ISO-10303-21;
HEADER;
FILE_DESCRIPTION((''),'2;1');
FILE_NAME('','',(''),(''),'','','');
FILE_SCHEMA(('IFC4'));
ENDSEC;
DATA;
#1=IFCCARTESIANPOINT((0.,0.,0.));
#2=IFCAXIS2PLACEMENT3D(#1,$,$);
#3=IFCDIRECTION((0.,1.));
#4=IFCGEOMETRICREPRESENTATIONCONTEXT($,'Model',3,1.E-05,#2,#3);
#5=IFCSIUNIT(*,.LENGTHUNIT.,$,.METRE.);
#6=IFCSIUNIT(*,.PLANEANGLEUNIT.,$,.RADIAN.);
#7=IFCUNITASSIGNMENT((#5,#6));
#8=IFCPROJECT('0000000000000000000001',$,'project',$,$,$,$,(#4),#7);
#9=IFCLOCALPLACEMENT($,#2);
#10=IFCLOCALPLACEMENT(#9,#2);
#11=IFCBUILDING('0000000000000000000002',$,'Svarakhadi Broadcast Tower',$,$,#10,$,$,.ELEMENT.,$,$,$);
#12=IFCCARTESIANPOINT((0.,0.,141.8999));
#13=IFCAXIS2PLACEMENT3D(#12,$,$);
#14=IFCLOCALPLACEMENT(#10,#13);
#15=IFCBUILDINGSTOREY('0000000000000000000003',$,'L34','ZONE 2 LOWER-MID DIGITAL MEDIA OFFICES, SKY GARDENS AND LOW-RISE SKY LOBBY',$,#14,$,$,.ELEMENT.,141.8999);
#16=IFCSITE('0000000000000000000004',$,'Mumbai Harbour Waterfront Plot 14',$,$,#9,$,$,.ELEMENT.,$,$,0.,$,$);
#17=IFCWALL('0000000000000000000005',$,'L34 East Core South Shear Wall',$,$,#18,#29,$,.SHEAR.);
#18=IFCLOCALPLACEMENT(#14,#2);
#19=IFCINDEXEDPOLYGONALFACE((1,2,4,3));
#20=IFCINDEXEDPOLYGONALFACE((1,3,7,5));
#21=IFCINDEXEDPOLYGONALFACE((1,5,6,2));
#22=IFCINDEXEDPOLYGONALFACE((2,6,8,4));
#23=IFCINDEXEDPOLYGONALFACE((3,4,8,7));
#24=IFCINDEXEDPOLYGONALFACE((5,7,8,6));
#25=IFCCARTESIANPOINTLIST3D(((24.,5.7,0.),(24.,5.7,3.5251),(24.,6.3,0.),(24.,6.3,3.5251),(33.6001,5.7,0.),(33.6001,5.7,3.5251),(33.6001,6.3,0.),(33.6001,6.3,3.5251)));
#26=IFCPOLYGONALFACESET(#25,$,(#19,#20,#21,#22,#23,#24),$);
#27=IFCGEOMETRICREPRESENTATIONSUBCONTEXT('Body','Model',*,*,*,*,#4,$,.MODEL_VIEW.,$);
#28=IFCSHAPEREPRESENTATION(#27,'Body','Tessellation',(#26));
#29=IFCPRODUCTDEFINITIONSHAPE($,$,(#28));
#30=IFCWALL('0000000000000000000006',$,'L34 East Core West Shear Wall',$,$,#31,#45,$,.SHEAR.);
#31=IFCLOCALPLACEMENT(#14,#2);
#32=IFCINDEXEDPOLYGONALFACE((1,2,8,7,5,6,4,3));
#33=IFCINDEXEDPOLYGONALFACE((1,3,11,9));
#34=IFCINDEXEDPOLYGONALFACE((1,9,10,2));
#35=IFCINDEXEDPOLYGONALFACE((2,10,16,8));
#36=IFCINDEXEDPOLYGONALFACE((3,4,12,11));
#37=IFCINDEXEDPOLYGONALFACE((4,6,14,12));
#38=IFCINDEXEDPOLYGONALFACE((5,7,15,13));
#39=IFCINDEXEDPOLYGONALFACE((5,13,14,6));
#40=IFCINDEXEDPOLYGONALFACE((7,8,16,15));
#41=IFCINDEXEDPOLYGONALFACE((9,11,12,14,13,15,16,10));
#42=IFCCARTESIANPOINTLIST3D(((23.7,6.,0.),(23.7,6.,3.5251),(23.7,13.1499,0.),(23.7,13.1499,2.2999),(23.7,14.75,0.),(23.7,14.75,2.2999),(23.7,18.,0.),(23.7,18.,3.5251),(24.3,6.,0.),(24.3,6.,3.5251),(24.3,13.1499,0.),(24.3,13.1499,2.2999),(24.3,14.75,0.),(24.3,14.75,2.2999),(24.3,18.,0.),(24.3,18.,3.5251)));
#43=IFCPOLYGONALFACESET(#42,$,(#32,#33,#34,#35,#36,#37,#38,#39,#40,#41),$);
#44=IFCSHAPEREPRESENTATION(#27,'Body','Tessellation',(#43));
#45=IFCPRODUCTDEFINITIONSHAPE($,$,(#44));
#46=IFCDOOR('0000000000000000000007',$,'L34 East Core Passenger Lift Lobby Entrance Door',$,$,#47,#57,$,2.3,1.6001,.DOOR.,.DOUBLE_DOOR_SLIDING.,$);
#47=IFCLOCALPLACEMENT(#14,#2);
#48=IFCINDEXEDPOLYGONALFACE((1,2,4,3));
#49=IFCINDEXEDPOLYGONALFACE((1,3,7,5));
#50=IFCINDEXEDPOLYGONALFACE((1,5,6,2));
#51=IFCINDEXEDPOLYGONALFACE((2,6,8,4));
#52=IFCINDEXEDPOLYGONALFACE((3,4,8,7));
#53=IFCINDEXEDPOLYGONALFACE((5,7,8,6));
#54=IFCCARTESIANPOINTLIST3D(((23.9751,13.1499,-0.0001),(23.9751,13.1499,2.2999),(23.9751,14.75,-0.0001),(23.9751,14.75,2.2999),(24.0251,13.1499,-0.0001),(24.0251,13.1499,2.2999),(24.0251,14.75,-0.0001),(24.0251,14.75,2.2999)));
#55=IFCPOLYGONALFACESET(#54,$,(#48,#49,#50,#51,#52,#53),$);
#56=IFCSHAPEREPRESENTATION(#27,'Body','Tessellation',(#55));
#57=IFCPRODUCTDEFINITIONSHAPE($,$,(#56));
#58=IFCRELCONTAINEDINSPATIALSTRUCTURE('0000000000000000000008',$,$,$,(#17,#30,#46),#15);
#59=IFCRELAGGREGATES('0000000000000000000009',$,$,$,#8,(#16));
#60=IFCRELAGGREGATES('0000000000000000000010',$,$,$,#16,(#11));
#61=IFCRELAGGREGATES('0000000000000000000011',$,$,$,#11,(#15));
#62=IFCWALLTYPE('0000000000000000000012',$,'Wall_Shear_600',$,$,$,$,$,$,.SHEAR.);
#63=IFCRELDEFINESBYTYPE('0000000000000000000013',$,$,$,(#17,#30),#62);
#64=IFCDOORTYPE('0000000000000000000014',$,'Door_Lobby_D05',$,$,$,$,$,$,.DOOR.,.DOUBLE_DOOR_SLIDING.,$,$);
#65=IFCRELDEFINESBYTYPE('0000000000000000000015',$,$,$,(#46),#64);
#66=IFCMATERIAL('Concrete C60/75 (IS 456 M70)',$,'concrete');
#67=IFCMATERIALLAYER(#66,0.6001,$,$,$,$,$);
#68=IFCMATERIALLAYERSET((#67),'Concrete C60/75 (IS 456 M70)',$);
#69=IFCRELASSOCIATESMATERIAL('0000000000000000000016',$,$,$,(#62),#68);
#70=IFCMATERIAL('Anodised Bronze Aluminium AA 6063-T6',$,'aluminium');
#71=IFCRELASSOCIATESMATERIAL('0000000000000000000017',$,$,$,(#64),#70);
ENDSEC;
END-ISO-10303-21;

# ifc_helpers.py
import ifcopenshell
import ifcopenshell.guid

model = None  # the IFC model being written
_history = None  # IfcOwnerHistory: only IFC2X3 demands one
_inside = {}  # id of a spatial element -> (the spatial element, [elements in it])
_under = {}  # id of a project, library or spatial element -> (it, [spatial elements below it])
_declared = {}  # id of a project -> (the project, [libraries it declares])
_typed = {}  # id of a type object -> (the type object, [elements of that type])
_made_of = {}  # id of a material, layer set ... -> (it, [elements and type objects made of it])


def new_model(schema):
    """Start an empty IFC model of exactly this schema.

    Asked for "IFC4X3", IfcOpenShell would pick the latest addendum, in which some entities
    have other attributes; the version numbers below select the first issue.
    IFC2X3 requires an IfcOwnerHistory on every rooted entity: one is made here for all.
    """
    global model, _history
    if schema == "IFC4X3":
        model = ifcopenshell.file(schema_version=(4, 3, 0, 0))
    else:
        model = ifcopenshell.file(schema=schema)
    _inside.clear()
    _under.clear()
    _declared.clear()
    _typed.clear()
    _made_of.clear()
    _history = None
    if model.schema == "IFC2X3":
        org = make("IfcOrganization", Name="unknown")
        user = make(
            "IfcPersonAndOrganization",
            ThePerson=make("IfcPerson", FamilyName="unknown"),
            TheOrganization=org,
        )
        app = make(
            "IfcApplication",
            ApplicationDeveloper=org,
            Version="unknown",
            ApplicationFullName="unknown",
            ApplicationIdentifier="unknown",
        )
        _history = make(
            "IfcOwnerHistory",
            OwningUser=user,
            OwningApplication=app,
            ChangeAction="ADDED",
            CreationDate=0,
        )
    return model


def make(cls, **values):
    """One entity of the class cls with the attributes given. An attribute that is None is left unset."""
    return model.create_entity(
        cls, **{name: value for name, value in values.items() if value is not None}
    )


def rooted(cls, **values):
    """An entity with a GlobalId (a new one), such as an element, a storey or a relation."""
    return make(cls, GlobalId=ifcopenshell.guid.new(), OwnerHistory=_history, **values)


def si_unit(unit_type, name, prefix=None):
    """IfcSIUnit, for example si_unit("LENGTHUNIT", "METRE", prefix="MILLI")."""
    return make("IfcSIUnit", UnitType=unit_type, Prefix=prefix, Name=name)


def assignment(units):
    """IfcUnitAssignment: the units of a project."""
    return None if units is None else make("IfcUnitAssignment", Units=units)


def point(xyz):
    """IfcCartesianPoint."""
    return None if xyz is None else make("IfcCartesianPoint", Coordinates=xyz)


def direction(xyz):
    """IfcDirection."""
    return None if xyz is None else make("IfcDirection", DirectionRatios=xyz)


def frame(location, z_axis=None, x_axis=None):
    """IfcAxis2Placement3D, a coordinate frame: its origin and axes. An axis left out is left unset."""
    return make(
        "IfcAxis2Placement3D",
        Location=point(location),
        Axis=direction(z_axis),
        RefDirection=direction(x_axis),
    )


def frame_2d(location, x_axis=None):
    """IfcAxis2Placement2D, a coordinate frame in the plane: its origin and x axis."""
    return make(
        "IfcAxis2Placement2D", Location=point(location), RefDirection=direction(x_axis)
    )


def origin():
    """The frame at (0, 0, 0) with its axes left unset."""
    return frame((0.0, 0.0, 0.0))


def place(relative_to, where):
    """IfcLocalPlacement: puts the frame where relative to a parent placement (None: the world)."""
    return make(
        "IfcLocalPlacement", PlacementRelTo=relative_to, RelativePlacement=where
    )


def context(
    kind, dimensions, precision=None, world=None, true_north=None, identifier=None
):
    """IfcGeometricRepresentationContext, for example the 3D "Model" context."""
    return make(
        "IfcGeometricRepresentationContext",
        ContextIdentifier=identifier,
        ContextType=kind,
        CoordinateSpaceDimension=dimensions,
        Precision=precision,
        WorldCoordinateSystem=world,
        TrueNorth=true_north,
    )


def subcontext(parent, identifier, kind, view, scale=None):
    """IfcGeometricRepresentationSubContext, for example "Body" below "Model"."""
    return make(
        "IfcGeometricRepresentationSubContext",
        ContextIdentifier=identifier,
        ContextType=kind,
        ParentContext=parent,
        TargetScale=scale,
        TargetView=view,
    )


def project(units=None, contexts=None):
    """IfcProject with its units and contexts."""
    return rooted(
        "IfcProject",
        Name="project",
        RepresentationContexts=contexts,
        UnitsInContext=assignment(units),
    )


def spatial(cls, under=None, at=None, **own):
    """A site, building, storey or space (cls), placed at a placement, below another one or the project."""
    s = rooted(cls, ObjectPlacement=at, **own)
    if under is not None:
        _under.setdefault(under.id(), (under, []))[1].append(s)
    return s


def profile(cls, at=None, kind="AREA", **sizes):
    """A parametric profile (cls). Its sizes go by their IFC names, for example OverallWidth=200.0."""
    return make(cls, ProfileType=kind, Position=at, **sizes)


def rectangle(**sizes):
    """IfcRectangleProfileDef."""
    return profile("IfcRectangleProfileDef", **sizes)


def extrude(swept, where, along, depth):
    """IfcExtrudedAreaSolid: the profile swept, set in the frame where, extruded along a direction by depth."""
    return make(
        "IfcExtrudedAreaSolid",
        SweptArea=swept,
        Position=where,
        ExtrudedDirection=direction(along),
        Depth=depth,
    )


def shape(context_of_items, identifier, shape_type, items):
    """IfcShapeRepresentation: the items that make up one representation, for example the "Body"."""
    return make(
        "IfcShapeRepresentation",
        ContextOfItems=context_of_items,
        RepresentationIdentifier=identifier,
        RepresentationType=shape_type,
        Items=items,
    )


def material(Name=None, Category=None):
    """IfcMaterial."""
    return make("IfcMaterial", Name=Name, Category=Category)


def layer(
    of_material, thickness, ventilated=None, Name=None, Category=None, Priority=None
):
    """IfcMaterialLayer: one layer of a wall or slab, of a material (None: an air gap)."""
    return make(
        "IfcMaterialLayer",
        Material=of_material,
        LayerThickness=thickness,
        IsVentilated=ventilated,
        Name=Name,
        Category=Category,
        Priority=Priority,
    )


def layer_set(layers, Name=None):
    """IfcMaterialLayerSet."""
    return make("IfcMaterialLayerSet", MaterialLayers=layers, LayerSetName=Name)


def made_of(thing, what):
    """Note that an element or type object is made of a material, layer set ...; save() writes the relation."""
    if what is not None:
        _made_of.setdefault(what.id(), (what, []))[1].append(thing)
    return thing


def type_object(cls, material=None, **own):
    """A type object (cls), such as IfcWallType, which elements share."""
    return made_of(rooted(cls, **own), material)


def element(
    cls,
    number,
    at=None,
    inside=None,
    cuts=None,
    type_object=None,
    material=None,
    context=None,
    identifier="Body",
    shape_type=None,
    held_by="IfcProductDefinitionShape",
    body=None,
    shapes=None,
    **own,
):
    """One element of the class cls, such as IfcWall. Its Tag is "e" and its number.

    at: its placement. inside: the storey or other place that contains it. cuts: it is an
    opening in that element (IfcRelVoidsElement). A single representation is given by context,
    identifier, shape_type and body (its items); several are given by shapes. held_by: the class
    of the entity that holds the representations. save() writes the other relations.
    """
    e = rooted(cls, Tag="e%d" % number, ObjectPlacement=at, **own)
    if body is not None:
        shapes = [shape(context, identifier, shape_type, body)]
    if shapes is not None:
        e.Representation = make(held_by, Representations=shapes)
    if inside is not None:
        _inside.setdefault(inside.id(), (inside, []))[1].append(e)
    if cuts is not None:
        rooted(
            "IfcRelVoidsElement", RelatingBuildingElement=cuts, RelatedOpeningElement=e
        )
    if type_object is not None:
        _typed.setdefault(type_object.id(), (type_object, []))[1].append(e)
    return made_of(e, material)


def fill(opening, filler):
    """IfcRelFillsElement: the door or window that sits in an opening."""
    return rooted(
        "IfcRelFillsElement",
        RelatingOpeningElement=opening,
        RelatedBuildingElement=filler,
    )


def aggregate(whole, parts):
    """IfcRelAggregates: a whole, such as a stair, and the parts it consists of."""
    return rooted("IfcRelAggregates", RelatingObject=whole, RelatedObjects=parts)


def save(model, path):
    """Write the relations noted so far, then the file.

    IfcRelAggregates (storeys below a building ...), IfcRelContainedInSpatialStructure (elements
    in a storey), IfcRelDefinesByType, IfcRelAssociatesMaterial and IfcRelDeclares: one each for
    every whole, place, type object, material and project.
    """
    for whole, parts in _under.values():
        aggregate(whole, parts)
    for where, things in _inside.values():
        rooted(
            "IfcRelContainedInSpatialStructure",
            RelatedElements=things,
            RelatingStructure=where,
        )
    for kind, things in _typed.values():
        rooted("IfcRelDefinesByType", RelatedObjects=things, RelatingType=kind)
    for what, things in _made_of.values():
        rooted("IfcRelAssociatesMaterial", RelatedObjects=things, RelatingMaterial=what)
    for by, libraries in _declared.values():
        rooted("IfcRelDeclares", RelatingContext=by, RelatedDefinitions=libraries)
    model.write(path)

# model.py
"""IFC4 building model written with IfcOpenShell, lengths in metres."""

from ifc_helpers import new_model, si_unit, direction, frame, frame_2d, origin, place, context, subcontext, project, spatial, rectangle, extrude, material, layer, layer_set, type_object, element, fill, save


model = new_model("IFC4")

# Units and contexts
model_context = context("Model", 3, precision=1e-05, world=origin(), true_north=direction((0.0, 1.0)))
body_context = subcontext(model_context, "Body", "Model", "MODEL_VIEW")
ifc_project = project(units=[si_unit("LENGTHUNIT", "METRE"), si_unit("PLANEANGLEUNIT", "RADIAN")], contexts=[model_context])

# Site, building, storey
site_placement = place(None, origin())
site = spatial("IfcSite", under=ifc_project, at=site_placement, Name="Mumbai Harbour Waterfront Plot 14", CompositionType="ELEMENT", RefElevation=0.0)
building_placement = place(site_placement, origin())
building = spatial("IfcBuilding", under=site, at=building_placement, Name="Svarakhadi Broadcast Tower", CompositionType="ELEMENT")
storey_placement = place(building_placement, frame((0.0, 0.0, 141.8999)))
storey = spatial("IfcBuildingStorey", under=building, at=storey_placement, Name="L34", Description="ZONE 2 LOWER-MID DIGITAL MEDIA OFFICES, SKY GARDENS AND LOW-RISE SKY LOBBY", CompositionType="ELEMENT", Elevation=141.8999)

# Wall
ifc_material_1 = material(Name="Concrete C60/75 (IS 456 M70)", Category="concrete")
ifc_layer_1 = layer(ifc_material_1, 0.6001)
ifc_layer_set_1 = layer_set([ifc_layer_1], Name="Concrete C60/75 (IS 456 M70)")
wall_type_1 = type_object("IfcWallType", Name="Wall_Shear_600", PredefinedType="SHEAR", material=ifc_layer_set_1)
wall_1_placement = place(storey_placement, frame((24.0, 6.0, 0.0), z_axis=(0.0, 0.0, 1.0), x_axis=(1.0, 0.0, 0.0)))
element("IfcWall", 1, at=wall_1_placement, inside=storey, type_object=wall_type_1, Name="L34 East Core South Shear Wall", PredefinedType="SHEAR", context=body_context, shape_type="SweptSolid", body=[
    extrude(rectangle(XDim=9.6001, YDim=0.6001, at=frame_2d((4.8, 0.0))), origin(), (0.0, 0.0, 1.0), 3.5251),
])

# Wall, opening, door
wall_2_placement = place(storey_placement, frame((24.0, 6.0, 0.0), z_axis=(0.0, 0.0, 1.0), x_axis=(0.0, 1.0, 0.0)))
wall_2 = element("IfcWall", 2, at=wall_2_placement, inside=storey, type_object=wall_type_1, Name="L34 East Core West Shear Wall", PredefinedType="SHEAR", context=body_context, shape_type="SweptSolid", body=[
    extrude(rectangle(XDim=12.0, YDim=0.6001, at=frame_2d((6.0, 0.0))), origin(), (0.0, 0.0, 1.0), 3.5251),
])
opening_1_placement = place(wall_2_placement, frame((7.1499, 0.0, 0.0)))
opening_1 = element("IfcOpeningElement", 3, at=opening_1_placement, cuts=wall_2, PredefinedType="OPENING", context=body_context, shape_type="SweptSolid", body=[
    extrude(rectangle(XDim=1.6001, YDim=2.3, at=frame_2d((0.8, 1.1499))), frame((0.0, 0.3101, 0.0), z_axis=(0.0, -1.0, 0.0), x_axis=(1.0, 0.0, 0.0)), (0.0, 0.0, 1.0), 0.6201),
])
ifc_material_2 = material(Name="Anodised Bronze Aluminium AA 6063-T6", Category="aluminium")
door_type_1 = type_object("IfcDoorType", Name="Door_Lobby_D05", OperationType="DOUBLE_DOOR_SLIDING", PredefinedType="DOOR", material=ifc_material_2)
door_1_placement = place(opening_1_placement, origin())
door_1 = element("IfcDoor", 4, at=door_1_placement, inside=storey, type_object=door_type_1, Name="L34 East Core Passenger Lift Lobby Entrance Door", OperationType="DOUBLE_DOOR_SLIDING", OverallHeight=2.3, OverallWidth=1.6001, PredefinedType="DOOR", context=body_context, shape_type="SweptSolid", body=[
    extrude(rectangle(XDim=1.6001, YDim=2.3, at=frame_2d((0.8, 1.1499))), frame((0.0, 0.0249, 0.0), z_axis=(0.0, -1.0, 0.0), x_axis=(1.0, 0.0, 0.0)), (0.0, 0.0, 1.0), 0.05),
])
fill(opening_1, door_1)

save(model, "model.ifc")
